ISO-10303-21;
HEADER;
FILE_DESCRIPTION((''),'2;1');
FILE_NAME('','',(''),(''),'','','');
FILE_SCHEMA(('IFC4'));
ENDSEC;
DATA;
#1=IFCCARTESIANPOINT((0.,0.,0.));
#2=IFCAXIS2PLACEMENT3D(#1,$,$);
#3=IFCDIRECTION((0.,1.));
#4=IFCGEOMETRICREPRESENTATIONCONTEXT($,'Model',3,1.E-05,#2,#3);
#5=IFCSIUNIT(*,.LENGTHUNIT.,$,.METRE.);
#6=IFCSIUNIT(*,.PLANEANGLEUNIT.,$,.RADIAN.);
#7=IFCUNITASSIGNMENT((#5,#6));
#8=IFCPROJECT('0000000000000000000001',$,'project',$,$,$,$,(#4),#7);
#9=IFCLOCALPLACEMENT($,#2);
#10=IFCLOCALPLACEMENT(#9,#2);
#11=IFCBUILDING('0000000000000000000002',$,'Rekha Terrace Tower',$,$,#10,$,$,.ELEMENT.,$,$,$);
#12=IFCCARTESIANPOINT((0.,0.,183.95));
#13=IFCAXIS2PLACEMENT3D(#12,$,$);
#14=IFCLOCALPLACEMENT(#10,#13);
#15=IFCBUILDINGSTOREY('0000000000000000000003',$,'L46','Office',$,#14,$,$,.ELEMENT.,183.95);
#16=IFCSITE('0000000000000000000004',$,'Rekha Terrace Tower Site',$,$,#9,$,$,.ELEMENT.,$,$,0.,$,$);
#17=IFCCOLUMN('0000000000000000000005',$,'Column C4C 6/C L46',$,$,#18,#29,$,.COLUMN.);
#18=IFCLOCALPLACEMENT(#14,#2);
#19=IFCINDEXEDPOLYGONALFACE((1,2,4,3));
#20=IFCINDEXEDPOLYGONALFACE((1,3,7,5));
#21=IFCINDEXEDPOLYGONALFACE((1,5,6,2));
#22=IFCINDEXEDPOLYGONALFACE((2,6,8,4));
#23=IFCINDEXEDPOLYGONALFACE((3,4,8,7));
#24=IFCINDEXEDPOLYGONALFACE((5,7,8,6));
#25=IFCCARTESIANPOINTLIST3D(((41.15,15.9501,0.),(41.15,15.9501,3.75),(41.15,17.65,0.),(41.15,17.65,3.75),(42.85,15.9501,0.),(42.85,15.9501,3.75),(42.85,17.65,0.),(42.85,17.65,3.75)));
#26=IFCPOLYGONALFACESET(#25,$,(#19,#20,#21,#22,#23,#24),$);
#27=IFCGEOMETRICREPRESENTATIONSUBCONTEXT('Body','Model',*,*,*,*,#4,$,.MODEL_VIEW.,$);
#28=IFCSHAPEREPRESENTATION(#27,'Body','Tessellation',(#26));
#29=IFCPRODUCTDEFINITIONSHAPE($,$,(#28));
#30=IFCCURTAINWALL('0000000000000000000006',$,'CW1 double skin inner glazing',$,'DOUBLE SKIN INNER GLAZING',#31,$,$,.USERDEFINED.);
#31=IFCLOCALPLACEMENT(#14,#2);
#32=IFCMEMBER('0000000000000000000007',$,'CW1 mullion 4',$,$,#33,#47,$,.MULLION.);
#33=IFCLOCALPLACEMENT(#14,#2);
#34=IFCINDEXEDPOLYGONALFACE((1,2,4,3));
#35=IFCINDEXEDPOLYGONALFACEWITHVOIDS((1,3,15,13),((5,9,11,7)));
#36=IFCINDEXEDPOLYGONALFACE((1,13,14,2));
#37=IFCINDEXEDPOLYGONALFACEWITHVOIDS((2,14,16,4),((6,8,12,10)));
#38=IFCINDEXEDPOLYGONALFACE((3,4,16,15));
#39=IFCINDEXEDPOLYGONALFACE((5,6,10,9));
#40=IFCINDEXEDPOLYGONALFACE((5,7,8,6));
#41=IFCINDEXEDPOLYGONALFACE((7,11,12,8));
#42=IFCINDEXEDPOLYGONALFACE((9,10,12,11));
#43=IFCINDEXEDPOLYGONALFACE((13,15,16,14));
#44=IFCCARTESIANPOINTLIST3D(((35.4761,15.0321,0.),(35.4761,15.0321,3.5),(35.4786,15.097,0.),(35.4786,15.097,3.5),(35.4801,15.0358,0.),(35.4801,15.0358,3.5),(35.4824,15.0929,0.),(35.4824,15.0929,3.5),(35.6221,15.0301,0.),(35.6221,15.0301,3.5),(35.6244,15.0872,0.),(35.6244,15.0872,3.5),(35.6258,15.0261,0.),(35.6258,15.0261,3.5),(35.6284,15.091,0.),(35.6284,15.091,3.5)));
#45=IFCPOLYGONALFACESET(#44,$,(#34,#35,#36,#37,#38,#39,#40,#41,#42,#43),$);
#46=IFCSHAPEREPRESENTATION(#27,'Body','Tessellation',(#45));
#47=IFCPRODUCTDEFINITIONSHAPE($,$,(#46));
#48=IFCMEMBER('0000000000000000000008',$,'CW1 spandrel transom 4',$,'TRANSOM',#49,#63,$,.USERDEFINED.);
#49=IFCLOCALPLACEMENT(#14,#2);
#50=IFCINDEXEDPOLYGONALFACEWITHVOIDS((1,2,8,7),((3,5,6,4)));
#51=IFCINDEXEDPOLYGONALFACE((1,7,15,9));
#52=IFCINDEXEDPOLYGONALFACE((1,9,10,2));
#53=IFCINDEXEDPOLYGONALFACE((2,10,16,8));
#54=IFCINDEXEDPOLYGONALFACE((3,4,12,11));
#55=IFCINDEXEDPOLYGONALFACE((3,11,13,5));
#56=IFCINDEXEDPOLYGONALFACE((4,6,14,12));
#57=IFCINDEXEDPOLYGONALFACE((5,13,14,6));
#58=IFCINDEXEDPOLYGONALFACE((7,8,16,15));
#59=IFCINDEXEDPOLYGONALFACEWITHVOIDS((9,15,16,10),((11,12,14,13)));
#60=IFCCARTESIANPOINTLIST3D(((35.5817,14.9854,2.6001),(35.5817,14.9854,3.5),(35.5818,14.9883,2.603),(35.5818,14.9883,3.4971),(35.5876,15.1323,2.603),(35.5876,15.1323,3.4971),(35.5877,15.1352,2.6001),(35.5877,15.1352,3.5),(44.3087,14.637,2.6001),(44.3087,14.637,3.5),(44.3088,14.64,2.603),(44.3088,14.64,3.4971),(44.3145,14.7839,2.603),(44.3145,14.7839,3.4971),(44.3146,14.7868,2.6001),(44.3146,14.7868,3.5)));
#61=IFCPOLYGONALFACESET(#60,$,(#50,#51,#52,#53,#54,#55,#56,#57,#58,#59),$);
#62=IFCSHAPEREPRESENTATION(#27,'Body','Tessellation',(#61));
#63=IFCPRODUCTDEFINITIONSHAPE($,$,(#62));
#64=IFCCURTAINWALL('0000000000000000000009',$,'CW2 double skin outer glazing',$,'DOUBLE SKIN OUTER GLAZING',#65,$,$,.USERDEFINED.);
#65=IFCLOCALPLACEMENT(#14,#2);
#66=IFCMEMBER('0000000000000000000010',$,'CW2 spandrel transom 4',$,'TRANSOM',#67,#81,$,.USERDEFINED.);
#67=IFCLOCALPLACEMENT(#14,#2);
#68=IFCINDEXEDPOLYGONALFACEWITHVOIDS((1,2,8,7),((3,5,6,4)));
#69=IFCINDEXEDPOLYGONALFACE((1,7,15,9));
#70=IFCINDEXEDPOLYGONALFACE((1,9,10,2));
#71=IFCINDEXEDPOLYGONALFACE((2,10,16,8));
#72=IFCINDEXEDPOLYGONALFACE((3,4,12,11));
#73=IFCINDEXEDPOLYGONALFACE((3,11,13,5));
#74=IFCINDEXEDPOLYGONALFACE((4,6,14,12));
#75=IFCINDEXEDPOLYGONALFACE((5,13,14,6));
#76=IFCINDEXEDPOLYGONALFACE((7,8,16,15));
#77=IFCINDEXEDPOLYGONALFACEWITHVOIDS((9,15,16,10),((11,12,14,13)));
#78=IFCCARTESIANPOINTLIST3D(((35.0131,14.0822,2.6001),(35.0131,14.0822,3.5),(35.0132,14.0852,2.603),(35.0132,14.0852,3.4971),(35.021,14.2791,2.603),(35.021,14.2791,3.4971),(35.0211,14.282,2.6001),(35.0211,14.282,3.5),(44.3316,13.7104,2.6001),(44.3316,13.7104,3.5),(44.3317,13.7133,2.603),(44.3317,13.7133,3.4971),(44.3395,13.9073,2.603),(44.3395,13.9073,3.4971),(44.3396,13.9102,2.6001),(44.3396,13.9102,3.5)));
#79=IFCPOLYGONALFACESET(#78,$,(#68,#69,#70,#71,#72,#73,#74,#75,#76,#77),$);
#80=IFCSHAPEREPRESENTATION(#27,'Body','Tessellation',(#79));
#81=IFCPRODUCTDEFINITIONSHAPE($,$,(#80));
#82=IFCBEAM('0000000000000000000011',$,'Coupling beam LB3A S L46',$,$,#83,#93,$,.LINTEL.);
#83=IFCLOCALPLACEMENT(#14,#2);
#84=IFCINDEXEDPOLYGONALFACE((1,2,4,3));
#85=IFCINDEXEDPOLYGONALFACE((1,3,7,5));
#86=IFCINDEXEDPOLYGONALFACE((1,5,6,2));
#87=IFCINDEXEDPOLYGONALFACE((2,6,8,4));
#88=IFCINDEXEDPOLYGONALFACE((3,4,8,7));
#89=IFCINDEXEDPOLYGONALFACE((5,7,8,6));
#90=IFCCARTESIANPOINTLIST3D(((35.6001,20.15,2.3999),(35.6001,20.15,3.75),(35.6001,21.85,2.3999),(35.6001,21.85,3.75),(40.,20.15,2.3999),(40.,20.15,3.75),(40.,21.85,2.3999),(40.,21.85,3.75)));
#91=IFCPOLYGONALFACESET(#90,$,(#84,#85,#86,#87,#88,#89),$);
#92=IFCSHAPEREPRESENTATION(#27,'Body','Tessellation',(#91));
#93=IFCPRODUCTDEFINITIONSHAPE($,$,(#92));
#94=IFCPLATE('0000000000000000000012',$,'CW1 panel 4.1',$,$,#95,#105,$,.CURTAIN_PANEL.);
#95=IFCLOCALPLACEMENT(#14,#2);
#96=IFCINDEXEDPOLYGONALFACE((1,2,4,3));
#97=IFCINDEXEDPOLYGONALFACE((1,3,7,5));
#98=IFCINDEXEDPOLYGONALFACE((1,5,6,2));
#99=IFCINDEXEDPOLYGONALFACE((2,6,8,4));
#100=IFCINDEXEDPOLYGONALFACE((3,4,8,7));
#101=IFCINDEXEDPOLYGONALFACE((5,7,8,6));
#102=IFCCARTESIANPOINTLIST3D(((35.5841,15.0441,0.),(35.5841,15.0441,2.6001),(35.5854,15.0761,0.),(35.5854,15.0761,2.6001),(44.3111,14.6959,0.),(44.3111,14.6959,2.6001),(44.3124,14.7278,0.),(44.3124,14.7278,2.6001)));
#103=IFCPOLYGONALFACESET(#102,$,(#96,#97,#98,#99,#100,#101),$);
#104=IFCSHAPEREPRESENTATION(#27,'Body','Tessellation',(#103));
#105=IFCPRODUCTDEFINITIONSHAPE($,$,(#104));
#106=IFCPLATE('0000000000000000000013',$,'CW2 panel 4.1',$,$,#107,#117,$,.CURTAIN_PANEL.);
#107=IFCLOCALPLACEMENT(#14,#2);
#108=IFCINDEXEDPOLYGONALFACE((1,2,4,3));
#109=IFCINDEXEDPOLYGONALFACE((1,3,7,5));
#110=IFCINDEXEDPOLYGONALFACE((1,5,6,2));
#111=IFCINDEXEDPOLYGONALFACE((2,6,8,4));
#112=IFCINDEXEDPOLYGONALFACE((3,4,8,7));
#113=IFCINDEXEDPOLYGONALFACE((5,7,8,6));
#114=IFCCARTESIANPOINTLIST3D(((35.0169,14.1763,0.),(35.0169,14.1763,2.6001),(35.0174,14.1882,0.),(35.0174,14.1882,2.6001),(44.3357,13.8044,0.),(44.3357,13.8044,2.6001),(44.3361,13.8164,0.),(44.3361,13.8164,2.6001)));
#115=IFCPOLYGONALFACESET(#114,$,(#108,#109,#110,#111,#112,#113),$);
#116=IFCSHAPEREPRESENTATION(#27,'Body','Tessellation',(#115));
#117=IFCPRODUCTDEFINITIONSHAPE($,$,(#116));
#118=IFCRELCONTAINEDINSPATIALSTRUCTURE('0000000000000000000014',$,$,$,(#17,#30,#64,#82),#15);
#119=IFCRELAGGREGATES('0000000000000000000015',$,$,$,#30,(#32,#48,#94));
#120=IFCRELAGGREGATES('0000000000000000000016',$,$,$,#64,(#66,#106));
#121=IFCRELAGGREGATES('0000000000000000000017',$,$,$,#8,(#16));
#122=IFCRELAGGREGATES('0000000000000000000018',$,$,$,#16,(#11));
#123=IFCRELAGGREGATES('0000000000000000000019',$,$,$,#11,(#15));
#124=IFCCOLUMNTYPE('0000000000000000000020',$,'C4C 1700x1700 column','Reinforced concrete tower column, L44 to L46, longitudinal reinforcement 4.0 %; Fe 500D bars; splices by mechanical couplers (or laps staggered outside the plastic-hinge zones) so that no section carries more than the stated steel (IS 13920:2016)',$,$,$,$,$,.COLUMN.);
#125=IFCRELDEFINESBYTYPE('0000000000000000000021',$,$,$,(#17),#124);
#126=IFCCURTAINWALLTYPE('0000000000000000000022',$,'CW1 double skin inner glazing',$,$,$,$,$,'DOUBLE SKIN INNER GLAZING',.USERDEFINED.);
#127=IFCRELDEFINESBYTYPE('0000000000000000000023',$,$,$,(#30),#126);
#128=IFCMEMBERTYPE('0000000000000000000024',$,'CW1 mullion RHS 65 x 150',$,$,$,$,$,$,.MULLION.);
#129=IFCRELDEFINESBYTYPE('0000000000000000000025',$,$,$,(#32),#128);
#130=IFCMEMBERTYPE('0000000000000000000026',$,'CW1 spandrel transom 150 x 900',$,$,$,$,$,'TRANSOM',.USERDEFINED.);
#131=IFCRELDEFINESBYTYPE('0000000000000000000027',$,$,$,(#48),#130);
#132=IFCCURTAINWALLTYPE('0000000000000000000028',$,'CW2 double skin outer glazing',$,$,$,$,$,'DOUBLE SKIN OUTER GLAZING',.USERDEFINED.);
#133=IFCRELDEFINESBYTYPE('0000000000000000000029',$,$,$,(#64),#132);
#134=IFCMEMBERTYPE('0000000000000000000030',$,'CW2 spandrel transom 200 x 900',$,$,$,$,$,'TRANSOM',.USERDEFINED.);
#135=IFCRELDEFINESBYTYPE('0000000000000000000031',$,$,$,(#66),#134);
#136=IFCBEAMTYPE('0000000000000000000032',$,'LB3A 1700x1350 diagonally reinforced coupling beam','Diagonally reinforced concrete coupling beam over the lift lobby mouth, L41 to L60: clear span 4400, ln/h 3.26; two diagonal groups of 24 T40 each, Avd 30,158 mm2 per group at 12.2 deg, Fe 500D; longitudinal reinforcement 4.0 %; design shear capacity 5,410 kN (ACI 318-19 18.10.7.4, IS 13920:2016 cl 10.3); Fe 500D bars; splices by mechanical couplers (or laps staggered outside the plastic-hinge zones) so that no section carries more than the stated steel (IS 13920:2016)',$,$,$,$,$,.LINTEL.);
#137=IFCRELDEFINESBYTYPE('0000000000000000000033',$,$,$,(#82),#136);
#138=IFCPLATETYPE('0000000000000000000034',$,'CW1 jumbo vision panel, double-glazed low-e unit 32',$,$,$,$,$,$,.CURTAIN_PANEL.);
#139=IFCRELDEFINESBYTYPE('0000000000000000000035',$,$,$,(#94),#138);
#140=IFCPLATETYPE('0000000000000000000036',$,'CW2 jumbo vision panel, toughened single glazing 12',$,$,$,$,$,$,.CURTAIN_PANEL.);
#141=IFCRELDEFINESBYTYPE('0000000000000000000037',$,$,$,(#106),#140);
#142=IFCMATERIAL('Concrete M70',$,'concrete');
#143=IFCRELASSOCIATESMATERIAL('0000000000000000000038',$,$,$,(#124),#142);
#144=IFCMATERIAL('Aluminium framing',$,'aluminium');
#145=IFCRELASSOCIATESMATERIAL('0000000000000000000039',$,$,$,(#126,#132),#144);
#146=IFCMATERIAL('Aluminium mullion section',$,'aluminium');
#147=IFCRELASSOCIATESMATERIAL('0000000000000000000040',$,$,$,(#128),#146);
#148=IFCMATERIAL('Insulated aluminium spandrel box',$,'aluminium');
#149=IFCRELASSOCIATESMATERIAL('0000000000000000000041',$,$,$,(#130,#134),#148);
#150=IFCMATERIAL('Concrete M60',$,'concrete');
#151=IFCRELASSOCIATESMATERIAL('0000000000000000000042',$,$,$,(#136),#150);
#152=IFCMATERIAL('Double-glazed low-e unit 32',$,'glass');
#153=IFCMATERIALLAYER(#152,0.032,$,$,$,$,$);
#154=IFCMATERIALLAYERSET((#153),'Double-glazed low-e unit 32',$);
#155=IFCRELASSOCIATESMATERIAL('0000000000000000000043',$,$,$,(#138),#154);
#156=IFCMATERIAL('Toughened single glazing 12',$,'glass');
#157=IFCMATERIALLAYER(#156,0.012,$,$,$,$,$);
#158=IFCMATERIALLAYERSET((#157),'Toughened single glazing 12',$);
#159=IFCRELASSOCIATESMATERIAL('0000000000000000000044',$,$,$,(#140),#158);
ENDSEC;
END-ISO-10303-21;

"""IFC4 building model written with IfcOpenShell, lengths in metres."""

from ifc_helpers import new_model, si_unit, direction, frame, origin, origin_2d, place, context, subcontext, project, spatial, rectangle, hollow_rectangle, extrude, material, layer, layer_set, material_profile, profile_set, type_object, element, aggregate, save


model = new_model("IFC4")

# Units and contexts
model_context = context("Model", 3, precision=1e-05, world=origin(), true_north=direction((0.0, 1.0)))
body_context = subcontext(model_context, "Body", "Model", "MODEL_VIEW")
ifc_project = project(units=[si_unit("LENGTHUNIT", "METRE"), si_unit("PLANEANGLEUNIT", "RADIAN")], contexts=[model_context])

# Site, building, storey
site_placement = place(None, origin())
site = spatial("IfcSite", under=ifc_project, at=site_placement, Name="Rekha Terrace Tower Site", CompositionType="ELEMENT", RefElevation=0.0)
building_placement = place(site_placement, origin())
building = spatial("IfcBuilding", under=site, at=building_placement, Name="Rekha Terrace Tower", CompositionType="ELEMENT")
storey_placement = place(building_placement, frame((0.0, 0.0, 183.95)))
storey = spatial("IfcBuildingStorey", under=building, at=storey_placement, Name="L46", Description="Office", CompositionType="ELEMENT", Elevation=183.95)

# Column
ifc_material_1 = material(Name="Concrete M70", Category="concrete")
ifc_material_profile_1 = material_profile(ifc_material_1, rectangle(XDim=1.7, YDim=1.7, at=origin_2d()), Name="RC 1700x1700")
ifc_profile_set_1 = profile_set([ifc_material_profile_1], Name="Concrete M70")
column_type = type_object("IfcColumnType", Name="C4C 1700x1700 column", Description="Reinforced concrete tower column, L44 to L46, longitudinal reinforcement 4.0 %; Fe 500D bars; splices by mechanical couplers (or laps staggered outside the plastic-hinge zones) so that no section carries more than the stated steel (IS 13920:2016)", PredefinedType="COLUMN", material=ifc_profile_set_1)
column_placement = place(storey_placement, frame((42.0, 16.8, 0.0), z_axis=(0.0, 0.0, 1.0), x_axis=(1.0, 0.0, 0.0)))
element("IfcColumn", 1, at=column_placement, inside=storey, type_object=column_type, Name="Column C4C 6/C L46", PredefinedType="COLUMN", context=body_context, shape_type="SweptSolid", body=[
    extrude(rectangle(XDim=1.7, YDim=1.7, at=origin_2d()), origin(), (0.0, 0.0, 1.0), 3.75),
])

# Curtain wall, members
ifc_material_2 = material(Name="Aluminium framing", Category="aluminium")
curtain_wall_type_1 = type_object("IfcCurtainWallType", Name="CW1 double skin inner glazing", ElementType="DOUBLE SKIN INNER GLAZING", PredefinedType="USERDEFINED", material=ifc_material_2)
curtain_wall_1_placement = place(storey_placement, origin())
curtain_wall_1 = element("IfcCurtainWall", 2, at=curtain_wall_1_placement, inside=storey, type_object=curtain_wall_type_1, Name="CW1 double skin inner glazing", ObjectType="DOUBLE SKIN INNER GLAZING", PredefinedType="USERDEFINED")
ifc_material_3 = material(Name="Aluminium mullion section", Category="aluminium")
ifc_material_profile_2 = material_profile(ifc_material_3, hollow_rectangle(XDim=0.0649, YDim=0.1499, WallThickness=0.0039, at=origin_2d()), Name="AL RHS 65x150")
ifc_profile_set_2 = profile_set([ifc_material_profile_2], Name="Aluminium mullion section")
member_type_1 = type_object("IfcMemberType", Name="CW1 mullion RHS 65 x 150", PredefinedType="MULLION", material=ifc_profile_set_2)
member_1_placement = place(storey_placement, frame((35.5522, 15.0615, 0.0), z_axis=(0.0, 0.0, 1.0), x_axis=(0.039872, 0.999205, 0.0)))
member_1 = element("IfcMember", 3, at=member_1_placement, type_object=member_type_1, Name="CW1 mullion 4", PredefinedType="MULLION", context=body_context, shape_type="SweptSolid", body=[
    extrude(hollow_rectangle(XDim=0.0649, YDim=0.1499, WallThickness=0.0039, at=origin_2d()), origin(), (0.0, 0.0, 1.0), 3.5),
])
ifc_material_4 = material(Name="Insulated aluminium spandrel box", Category="aluminium")
ifc_material_profile_3 = material_profile(ifc_material_4, hollow_rectangle(XDim=0.1499, YDim=0.8999, WallThickness=0.0029, at=origin_2d()), Name="AL SPANDREL BOX 150x900")
ifc_profile_set_3 = profile_set([ifc_material_profile_3], Name="Insulated aluminium spandrel box")
member_type_2 = type_object("IfcMemberType", Name="CW1 spandrel transom 150 x 900", ElementType="TRANSOM", PredefinedType="USERDEFINED", material=ifc_profile_set_3)
member_2_placement = place(storey_placement, frame((35.5847, 15.0603, 3.05), z_axis=(0.999204, -0.039889, 0.0), x_axis=(0.039889, 0.999204, 0.0)))
member_2 = element("IfcMember", 4, at=member_2_placement, type_object=member_type_2, Name="CW1 spandrel transom 4", ObjectType="TRANSOM", PredefinedType="USERDEFINED", context=body_context, shape_type="SweptSolid", body=[
    extrude(hollow_rectangle(XDim=0.1499, YDim=0.8999, WallThickness=0.0029, at=origin_2d()), origin(), (0.0, 0.0, 1.0), 8.7339),
])

# Curtain wall, member
curtain_wall_type_2 = type_object("IfcCurtainWallType", Name="CW2 double skin outer glazing", ElementType="DOUBLE SKIN OUTER GLAZING", PredefinedType="USERDEFINED", material=ifc_material_2)
curtain_wall_2_placement = place(storey_placement, origin())
curtain_wall_2 = element("IfcCurtainWall", 5, at=curtain_wall_2_placement, inside=storey, type_object=curtain_wall_type_2, Name="CW2 double skin outer glazing", ObjectType="DOUBLE SKIN OUTER GLAZING", PredefinedType="USERDEFINED")
ifc_material_profile_4 = material_profile(ifc_material_4, hollow_rectangle(XDim=0.2, YDim=0.8999, WallThickness=0.0029, at=origin_2d()), Name="AL SPANDREL BOX 200x900")
ifc_profile_set_4 = profile_set([ifc_material_profile_4], Name="Insulated aluminium spandrel box")
member_type_3 = type_object("IfcMemberType", Name="CW2 spandrel transom 200 x 900", ElementType="TRANSOM", PredefinedType="USERDEFINED", material=ifc_profile_set_4)
member_3_placement = place(storey_placement, frame((35.0171, 14.1821, 3.05), z_axis=(0.999205, -0.03987, 0.0), x_axis=(0.03987, 0.999205, 0.0)))
member_3 = element("IfcMember", 6, at=member_3_placement, type_object=member_type_3, Name="CW2 spandrel transom 4", ObjectType="TRANSOM", PredefinedType="USERDEFINED", context=body_context, shape_type="SweptSolid", body=[
    extrude(hollow_rectangle(XDim=0.2, YDim=0.8999, WallThickness=0.0029, at=origin_2d()), origin(), (0.0, 0.0, 1.0), 9.3259),
])

# Beam
ifc_material_5 = material(Name="Concrete M60", Category="concrete")
ifc_material_profile_5 = material_profile(ifc_material_5, rectangle(XDim=1.7, YDim=1.3501, at=origin_2d()), Name="RC 1700x1350")
ifc_profile_set_5 = profile_set([ifc_material_profile_5], Name="Concrete M60")
beam_type = type_object("IfcBeamType", Name="LB3A 1700x1350 diagonally reinforced coupling beam", Description="Diagonally reinforced concrete coupling beam over the lift lobby mouth, L41 to L60: clear span 4400, ln/h 3.26; two diagonal groups of 24 T40 each, Avd 30,158 mm2 per group at 12.2 deg, Fe 500D; longitudinal reinforcement 4.0 %; design shear capacity 5,410 kN (ACI 318-19 18.10.7.4, IS 13920:2016 cl 10.3); Fe 500D bars; splices by mechanical couplers (or laps staggered outside the plastic-hinge zones) so that no section carries more than the stated steel (IS 13920:2016)", PredefinedType="LINTEL", material=ifc_profile_set_5)
beam_placement = place(storey_placement, frame((35.6001, 21.0, 3.075), z_axis=(1.0, 0.0, 0.0), x_axis=(0.0, 1.0, 0.0)))
element("IfcBeam", 7, at=beam_placement, inside=storey, type_object=beam_type, Name="Coupling beam LB3A S L46", PredefinedType="LINTEL", context=body_context, shape_type="SweptSolid", body=[
    extrude(rectangle(XDim=1.7, YDim=1.3501, at=origin_2d()), origin(), (0.0, 0.0, 1.0), 4.3999),
])

# Plates
ifc_material_6 = material(Name="Double-glazed low-e unit 32", Category="glass")
ifc_layer_1 = layer(ifc_material_6, 0.032)
ifc_layer_set_1 = layer_set([ifc_layer_1], Name="Double-glazed low-e unit 32")
plate_type_1 = type_object("IfcPlateType", Name="CW1 jumbo vision panel, double-glazed low-e unit 32", PredefinedType="CURTAIN_PANEL", material=ifc_layer_set_1)
plate_1_placement = place(storey_placement, frame((39.9482, 14.886, 0.0), z_axis=(0.0, 0.0, 1.0), x_axis=(0.999205, -0.039872, 0.0)))
plate_1 = element("IfcPlate", 8, at=plate_1_placement, type_object=plate_type_1, Name="CW1 panel 4.1", PredefinedType="CURTAIN_PANEL", context=body_context, shape_type="SweptSolid", body=[
    extrude(rectangle(XDim=8.7339, YDim=0.032, at=origin_2d()), origin(), (0.0, 0.0, 1.0), 2.6001),
])
aggregate(curtain_wall_1, [member_1, member_2, plate_1])
ifc_material_7 = material(Name="Toughened single glazing 12", Category="glass")
ifc_layer_2 = layer(ifc_material_7, 0.012)
ifc_layer_set_2 = layer_set([ifc_layer_2], Name="Toughened single glazing 12")
plate_type_2 = type_object("IfcPlateType", Name="CW2 jumbo vision panel, toughened single glazing 12", PredefinedType="CURTAIN_PANEL", material=ifc_layer_set_2)
plate_2_placement = place(storey_placement, frame((39.6765, 13.9963, 0.0), z_axis=(0.0, 0.0, 1.0), x_axis=(0.999205, -0.039872, 0.0)))
plate_2 = element("IfcPlate", 9, at=plate_2_placement, type_object=plate_type_2, Name="CW2 panel 4.1", PredefinedType="CURTAIN_PANEL", context=body_context, shape_type="SweptSolid", body=[
    extrude(rectangle(XDim=9.3262, YDim=0.012, at=origin_2d()), origin(), (0.0, 0.0, 1.0), 2.6001),
])
aggregate(curtain_wall_2, [member_3, plate_2])

save(model, "model.ifc")
